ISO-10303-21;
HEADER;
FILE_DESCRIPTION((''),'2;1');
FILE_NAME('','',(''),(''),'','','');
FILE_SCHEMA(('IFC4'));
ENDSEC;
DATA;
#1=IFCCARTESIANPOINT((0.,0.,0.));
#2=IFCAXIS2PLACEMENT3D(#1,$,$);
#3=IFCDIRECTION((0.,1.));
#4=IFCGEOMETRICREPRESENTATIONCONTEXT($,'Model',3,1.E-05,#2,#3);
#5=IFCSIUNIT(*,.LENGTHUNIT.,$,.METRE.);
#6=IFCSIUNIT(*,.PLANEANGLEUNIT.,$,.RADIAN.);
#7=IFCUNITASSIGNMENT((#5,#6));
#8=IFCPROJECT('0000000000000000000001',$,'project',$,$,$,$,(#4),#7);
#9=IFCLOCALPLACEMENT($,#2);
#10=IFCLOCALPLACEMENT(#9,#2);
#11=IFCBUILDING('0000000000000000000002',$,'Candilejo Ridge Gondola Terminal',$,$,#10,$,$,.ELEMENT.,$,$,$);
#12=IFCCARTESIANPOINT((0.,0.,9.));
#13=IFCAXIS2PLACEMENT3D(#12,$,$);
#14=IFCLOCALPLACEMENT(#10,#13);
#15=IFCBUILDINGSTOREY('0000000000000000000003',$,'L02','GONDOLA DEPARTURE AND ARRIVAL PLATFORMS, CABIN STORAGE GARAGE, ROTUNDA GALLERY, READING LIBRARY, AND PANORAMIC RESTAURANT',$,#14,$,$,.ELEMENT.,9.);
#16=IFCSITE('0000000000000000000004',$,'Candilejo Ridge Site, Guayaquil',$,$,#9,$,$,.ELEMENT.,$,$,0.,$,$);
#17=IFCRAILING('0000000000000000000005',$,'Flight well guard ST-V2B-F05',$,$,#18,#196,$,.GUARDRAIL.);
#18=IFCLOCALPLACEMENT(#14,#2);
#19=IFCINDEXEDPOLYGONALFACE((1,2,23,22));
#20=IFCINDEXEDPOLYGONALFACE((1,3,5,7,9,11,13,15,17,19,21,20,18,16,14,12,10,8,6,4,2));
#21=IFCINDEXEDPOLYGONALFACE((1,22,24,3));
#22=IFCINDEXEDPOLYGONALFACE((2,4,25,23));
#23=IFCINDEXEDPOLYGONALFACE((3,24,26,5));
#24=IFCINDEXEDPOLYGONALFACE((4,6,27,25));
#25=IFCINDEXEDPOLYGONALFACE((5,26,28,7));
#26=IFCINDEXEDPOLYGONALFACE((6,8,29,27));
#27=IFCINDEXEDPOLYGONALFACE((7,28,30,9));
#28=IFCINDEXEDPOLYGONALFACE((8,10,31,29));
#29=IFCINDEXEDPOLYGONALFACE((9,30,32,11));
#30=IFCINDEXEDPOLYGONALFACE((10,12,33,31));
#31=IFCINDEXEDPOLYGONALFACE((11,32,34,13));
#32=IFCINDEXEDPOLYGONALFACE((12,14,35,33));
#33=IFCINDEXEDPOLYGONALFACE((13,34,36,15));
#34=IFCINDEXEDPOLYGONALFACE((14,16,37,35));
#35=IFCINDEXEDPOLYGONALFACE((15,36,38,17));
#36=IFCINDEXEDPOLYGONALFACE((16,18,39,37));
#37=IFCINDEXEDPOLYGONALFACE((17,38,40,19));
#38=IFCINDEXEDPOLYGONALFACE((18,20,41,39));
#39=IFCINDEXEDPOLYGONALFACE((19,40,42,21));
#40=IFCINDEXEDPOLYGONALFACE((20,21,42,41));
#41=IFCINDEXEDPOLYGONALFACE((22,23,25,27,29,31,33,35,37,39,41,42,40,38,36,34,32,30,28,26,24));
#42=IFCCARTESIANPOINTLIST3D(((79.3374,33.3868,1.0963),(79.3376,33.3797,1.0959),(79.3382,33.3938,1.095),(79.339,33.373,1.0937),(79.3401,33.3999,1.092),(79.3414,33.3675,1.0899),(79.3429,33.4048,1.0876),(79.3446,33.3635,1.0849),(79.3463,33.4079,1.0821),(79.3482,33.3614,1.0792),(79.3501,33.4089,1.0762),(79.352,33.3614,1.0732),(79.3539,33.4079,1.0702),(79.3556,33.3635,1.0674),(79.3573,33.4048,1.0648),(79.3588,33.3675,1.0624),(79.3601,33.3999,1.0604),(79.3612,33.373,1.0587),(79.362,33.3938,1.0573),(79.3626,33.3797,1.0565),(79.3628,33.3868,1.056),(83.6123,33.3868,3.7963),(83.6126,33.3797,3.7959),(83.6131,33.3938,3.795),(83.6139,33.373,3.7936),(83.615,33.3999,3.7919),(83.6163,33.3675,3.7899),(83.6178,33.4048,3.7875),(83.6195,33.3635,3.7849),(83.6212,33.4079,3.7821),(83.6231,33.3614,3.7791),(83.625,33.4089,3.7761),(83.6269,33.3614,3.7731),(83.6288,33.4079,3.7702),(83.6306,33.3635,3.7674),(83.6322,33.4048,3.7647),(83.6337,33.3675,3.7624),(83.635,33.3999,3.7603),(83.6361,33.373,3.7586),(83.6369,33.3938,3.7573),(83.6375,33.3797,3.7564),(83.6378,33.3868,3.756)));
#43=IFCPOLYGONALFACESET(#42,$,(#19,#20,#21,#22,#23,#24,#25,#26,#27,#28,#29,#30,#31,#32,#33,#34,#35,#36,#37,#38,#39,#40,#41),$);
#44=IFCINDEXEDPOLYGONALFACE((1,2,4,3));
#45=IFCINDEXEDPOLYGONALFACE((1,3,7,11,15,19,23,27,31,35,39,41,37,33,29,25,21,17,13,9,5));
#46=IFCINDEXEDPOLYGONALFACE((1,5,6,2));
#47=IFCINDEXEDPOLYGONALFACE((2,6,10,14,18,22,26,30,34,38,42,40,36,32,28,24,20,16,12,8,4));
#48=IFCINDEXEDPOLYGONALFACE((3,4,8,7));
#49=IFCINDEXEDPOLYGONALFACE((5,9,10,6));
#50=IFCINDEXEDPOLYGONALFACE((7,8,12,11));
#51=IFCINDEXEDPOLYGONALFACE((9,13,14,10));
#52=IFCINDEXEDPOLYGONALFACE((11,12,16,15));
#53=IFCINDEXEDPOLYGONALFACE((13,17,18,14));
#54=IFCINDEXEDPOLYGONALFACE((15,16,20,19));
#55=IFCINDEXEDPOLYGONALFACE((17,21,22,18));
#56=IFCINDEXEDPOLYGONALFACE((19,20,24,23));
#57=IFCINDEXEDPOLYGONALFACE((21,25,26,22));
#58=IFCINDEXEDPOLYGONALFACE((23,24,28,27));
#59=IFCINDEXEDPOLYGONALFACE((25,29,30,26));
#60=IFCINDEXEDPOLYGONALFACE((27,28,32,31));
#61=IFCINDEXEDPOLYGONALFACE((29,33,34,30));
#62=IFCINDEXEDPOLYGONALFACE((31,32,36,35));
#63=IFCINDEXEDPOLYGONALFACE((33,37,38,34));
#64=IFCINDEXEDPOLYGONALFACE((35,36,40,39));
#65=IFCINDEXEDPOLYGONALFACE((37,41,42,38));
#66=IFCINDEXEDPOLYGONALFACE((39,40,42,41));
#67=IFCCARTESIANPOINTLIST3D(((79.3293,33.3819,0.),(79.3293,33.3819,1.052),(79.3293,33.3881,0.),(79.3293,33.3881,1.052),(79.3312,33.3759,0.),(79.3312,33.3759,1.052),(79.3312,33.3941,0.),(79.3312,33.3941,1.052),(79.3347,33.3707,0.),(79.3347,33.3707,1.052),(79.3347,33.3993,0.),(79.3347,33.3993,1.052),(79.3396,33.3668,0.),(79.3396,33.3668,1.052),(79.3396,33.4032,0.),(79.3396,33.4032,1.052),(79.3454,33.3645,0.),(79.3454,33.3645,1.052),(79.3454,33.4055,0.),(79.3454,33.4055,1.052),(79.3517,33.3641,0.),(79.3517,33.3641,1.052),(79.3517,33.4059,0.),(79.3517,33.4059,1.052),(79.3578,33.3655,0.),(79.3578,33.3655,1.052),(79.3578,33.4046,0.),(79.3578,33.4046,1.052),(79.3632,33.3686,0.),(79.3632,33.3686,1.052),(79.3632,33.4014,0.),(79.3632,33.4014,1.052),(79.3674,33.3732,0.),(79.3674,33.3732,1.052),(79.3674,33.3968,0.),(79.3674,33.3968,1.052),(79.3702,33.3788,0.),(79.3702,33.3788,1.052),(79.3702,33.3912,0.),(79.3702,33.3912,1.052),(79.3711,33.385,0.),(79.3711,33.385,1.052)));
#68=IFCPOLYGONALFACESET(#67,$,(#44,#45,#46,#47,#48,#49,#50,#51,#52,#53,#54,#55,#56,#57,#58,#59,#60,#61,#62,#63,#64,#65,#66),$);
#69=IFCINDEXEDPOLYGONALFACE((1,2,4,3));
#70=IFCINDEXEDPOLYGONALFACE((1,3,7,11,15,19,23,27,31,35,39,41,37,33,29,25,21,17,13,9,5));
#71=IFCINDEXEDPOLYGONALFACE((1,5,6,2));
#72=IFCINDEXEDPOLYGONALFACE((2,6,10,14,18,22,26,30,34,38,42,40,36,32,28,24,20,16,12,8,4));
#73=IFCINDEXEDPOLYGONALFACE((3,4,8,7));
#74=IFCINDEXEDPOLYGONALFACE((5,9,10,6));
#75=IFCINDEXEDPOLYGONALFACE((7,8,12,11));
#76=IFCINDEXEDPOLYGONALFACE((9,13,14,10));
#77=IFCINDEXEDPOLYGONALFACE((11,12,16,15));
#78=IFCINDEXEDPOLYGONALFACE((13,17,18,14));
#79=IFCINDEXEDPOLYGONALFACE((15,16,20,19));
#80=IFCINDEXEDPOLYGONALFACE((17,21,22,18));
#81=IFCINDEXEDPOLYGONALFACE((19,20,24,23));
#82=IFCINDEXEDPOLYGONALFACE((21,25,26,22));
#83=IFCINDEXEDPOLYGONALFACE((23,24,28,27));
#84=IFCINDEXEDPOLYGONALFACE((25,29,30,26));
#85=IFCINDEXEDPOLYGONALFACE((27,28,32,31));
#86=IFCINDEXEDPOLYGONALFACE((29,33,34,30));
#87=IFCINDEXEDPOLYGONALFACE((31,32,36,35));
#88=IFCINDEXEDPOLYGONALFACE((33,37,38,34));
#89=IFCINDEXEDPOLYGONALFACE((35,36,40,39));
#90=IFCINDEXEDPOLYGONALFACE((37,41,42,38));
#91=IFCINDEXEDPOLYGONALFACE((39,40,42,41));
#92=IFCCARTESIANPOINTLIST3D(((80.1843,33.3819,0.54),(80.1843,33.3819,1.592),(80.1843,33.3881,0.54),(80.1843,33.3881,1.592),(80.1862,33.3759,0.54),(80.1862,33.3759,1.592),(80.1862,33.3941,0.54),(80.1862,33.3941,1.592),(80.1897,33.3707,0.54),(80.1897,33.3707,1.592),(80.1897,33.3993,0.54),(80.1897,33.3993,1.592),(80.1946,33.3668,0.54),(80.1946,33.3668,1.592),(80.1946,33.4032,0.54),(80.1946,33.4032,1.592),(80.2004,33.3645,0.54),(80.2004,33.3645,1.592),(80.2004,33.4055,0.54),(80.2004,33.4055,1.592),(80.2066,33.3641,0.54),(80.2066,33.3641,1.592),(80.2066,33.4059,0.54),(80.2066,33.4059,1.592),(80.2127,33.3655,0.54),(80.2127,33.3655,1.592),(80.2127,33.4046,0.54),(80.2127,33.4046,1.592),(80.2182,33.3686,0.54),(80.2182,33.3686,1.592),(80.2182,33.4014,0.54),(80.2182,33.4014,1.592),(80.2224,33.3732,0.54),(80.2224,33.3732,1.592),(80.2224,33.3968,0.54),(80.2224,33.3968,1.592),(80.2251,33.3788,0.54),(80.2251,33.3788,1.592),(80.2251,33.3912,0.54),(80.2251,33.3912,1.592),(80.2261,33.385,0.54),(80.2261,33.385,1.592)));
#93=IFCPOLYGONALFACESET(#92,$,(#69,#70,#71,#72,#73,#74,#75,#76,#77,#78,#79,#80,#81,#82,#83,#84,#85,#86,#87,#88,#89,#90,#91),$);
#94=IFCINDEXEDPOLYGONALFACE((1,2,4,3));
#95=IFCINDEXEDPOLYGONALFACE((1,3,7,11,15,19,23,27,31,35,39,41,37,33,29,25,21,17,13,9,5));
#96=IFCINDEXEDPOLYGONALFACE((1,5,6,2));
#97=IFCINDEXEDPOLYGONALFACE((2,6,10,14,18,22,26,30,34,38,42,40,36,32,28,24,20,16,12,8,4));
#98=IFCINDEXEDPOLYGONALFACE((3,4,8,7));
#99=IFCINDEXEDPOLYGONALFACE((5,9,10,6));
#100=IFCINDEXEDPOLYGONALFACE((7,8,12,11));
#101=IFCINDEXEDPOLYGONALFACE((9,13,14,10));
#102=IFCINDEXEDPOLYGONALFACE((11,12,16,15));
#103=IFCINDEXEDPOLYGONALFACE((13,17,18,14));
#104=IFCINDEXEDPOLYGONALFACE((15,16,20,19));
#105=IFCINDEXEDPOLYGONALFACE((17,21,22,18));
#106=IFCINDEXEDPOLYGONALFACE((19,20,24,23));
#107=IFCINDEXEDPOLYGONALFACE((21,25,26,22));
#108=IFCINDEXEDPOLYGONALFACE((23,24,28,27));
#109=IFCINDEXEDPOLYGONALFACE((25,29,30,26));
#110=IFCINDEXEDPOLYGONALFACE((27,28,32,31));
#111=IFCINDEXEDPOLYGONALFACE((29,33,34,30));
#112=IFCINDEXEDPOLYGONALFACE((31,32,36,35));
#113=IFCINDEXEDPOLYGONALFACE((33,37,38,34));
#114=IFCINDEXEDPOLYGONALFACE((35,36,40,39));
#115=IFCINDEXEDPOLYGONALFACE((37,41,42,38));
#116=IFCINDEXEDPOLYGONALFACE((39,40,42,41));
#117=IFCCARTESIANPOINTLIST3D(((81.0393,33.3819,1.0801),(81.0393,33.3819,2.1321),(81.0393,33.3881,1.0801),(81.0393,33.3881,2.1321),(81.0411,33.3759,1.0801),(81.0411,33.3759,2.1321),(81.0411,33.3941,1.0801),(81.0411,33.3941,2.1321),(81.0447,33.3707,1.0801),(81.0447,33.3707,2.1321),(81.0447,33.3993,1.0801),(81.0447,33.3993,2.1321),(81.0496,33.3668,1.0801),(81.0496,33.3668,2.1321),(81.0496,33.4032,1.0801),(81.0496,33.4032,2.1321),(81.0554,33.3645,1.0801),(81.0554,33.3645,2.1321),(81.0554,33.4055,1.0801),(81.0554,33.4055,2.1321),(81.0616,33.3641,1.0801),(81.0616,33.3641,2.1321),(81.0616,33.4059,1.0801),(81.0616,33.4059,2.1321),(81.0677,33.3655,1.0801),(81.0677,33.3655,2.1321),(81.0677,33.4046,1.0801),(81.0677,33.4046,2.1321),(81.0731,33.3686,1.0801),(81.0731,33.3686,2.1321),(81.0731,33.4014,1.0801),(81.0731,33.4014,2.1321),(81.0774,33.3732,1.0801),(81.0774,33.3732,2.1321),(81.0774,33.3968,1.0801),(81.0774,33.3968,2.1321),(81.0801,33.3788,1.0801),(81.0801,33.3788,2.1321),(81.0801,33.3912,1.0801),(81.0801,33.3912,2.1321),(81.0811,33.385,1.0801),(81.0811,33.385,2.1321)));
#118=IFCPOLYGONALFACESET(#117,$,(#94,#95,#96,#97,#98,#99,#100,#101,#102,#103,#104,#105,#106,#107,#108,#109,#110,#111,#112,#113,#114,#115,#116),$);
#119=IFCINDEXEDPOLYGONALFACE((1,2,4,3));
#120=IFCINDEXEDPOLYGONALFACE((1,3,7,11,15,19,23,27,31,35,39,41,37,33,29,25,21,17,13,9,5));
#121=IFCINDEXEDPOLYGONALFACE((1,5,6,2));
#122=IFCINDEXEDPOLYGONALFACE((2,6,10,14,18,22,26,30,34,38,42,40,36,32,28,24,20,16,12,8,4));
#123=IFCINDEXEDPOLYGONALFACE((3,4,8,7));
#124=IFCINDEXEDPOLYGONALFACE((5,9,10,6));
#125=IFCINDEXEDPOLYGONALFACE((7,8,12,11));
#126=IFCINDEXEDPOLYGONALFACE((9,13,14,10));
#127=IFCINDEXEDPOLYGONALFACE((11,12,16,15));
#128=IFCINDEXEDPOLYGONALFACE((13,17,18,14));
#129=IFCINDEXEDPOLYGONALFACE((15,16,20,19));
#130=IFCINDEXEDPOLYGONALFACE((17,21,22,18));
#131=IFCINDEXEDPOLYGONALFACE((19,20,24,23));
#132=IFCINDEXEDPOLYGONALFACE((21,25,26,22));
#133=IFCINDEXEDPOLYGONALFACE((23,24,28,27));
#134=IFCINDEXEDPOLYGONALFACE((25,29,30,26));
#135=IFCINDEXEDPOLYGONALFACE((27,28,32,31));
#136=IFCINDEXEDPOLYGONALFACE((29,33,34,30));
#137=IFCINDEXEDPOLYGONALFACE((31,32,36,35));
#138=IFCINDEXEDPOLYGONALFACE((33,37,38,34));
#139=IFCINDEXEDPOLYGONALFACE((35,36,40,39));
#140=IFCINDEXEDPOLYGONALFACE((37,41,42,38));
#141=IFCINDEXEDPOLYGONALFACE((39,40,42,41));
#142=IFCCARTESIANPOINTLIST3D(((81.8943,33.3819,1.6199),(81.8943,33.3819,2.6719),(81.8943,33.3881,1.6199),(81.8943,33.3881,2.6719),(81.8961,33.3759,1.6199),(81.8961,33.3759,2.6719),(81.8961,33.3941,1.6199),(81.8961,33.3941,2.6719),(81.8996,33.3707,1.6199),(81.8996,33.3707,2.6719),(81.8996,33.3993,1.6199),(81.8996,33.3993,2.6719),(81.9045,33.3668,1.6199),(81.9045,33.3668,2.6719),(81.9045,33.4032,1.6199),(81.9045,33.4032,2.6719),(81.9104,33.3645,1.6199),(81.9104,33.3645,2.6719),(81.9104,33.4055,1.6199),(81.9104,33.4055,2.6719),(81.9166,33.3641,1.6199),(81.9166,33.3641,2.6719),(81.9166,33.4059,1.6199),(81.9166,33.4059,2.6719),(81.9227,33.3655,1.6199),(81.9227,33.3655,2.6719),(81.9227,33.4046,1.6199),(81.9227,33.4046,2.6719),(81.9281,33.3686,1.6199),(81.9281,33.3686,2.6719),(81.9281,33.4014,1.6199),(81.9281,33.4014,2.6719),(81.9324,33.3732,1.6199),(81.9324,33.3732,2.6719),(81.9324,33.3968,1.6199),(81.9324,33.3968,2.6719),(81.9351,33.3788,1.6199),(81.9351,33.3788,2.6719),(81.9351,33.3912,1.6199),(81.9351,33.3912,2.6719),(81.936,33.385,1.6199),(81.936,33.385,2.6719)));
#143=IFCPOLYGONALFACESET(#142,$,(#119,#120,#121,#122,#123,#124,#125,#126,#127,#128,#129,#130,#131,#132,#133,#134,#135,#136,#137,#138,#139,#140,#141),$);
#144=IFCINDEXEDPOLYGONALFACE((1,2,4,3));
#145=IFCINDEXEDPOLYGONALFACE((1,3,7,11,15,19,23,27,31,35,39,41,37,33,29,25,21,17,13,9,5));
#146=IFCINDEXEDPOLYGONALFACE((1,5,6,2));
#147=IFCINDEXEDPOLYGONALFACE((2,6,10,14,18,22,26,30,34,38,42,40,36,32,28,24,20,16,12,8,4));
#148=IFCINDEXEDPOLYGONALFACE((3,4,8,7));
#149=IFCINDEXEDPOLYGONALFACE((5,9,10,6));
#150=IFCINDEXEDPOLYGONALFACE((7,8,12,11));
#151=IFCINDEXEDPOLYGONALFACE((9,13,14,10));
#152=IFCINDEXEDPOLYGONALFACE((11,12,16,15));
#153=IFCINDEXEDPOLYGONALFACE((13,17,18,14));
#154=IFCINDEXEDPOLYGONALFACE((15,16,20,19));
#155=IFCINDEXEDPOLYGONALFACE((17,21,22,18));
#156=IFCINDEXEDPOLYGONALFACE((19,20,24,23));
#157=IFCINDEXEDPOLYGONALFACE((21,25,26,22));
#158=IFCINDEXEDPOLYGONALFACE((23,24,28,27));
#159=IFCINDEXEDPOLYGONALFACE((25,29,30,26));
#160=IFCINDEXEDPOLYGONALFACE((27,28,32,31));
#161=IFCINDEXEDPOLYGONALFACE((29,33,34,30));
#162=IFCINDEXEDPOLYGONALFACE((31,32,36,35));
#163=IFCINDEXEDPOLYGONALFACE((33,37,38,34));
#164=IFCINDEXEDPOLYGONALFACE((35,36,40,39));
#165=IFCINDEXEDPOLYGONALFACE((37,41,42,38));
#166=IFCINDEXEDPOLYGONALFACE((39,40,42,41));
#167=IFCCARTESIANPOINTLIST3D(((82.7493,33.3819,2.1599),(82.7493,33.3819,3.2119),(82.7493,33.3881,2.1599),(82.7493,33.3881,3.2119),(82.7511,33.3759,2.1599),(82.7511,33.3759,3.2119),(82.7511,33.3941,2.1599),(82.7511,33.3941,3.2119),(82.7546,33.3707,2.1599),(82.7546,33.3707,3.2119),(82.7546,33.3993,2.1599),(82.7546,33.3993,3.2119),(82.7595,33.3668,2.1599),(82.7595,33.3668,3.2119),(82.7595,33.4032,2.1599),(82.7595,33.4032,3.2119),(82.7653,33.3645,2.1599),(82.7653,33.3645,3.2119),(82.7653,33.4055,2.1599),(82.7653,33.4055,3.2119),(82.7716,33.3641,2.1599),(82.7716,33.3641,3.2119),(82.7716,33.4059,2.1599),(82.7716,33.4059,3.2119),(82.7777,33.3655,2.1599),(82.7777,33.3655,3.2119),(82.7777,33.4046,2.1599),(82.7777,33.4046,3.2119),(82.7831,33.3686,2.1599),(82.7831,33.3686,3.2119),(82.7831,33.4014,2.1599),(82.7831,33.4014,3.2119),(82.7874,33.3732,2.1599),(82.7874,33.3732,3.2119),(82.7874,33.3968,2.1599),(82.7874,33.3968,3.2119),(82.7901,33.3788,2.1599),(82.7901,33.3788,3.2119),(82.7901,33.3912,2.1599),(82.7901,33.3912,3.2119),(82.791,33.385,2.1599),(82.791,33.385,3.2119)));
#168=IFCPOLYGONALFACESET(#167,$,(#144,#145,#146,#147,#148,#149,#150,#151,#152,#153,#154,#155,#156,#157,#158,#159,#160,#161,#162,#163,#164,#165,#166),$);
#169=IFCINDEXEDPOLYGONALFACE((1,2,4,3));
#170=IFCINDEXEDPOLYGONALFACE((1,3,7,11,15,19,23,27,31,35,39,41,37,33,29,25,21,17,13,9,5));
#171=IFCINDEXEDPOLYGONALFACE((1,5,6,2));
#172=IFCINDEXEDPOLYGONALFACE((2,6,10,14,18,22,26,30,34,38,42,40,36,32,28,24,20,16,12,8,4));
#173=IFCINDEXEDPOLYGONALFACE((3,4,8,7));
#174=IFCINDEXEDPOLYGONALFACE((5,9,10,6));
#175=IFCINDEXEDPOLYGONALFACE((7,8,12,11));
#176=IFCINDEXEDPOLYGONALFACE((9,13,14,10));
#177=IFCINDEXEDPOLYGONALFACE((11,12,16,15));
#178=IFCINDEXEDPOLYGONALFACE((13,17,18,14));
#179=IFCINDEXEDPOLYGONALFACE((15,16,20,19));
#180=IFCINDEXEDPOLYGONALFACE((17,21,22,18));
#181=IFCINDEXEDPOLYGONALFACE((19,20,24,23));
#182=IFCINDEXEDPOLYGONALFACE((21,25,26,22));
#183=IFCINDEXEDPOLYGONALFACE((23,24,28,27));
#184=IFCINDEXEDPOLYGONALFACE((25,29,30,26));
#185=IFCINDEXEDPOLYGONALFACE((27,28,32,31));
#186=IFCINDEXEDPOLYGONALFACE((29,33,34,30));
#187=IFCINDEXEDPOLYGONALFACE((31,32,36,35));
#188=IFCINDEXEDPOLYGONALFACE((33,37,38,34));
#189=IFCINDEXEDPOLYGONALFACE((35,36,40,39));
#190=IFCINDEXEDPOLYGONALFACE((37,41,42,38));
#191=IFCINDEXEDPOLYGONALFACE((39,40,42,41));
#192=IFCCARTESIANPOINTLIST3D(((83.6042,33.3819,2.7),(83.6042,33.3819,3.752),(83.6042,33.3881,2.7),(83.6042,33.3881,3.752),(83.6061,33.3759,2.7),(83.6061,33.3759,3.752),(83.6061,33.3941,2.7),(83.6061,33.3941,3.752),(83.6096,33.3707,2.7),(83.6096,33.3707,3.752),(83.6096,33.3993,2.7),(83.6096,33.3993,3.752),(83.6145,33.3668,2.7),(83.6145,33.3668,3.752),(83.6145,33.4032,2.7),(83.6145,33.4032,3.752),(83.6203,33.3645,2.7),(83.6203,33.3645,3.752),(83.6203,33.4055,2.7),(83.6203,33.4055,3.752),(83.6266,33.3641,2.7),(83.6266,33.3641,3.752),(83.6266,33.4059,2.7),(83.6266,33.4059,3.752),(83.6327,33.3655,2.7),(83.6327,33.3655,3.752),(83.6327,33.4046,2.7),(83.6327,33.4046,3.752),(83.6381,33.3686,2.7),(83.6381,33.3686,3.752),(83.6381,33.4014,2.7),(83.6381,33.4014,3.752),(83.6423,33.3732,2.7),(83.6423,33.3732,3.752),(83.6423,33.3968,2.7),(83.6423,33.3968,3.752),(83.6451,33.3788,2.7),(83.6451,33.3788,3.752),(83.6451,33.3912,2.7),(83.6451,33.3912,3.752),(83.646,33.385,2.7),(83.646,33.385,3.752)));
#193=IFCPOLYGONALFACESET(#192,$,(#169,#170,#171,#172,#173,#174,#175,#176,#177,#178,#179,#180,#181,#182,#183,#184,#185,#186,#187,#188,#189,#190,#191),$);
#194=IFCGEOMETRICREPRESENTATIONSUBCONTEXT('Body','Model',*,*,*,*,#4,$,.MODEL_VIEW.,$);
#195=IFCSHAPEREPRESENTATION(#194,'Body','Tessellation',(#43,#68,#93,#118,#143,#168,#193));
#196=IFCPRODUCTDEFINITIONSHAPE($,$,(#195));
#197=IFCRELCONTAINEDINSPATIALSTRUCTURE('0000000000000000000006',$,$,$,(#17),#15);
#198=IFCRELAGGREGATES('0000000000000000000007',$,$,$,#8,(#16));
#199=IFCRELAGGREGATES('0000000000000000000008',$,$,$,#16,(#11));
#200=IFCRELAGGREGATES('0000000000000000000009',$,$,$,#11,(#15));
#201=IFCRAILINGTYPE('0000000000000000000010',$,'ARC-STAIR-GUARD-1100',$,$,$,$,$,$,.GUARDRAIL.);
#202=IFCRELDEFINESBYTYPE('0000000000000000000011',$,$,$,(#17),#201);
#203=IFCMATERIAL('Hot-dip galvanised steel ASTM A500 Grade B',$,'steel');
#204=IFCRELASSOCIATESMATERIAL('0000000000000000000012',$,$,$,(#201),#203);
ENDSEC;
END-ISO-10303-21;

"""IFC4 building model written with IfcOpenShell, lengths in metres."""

from ifc_helpers import new_model, si_unit, direction, frame, origin, origin_2d, place, context, subcontext, project, spatial, circle, extrude, material, type_object, element, save


model = new_model("IFC4")

# Units and contexts
model_context = context("Model", 3, precision=1e-05, world=origin(), true_north=direction((0.0, 1.0)))
body_context = subcontext(model_context, "Body", "Model", "MODEL_VIEW")
ifc_project = project(units=[si_unit("LENGTHUNIT", "METRE"), si_unit("PLANEANGLEUNIT", "RADIAN")], contexts=[model_context])

# Site, building, storey
site_placement = place(None, origin())
site = spatial("IfcSite", under=ifc_project, at=site_placement, Name="Candilejo Ridge Site, Guayaquil", CompositionType="ELEMENT", RefElevation=0.0)
building_placement = place(site_placement, origin())
building = spatial("IfcBuilding", under=site, at=building_placement, Name="Candilejo Ridge Gondola Terminal", CompositionType="ELEMENT")
storey_placement = place(building_placement, frame((0.0, 0.0, 9.0)))
storey = spatial("IfcBuildingStorey", under=building, at=storey_placement, Name="L02", Description="GONDOLA DEPARTURE AND ARRIVAL PLATFORMS, CABIN STORAGE GARAGE, ROTUNDA GALLERY, READING LIBRARY, AND PANORAMIC RESTAURANT", CompositionType="ELEMENT", Elevation=9.0)

# Railing
ifc_material_1 = material(Name="Hot-dip galvanised steel ASTM A500 Grade B", Category="steel")
railing_type_1 = type_object("IfcRailingType", Name="ARC-STAIR-GUARD-1100", PredefinedType="GUARDRAIL", material=ifc_material_1)
railing_1_placement = place(storey_placement, frame((79.3501, 33.385, 0.0)))
element("IfcRailing", 1, at=railing_1_placement, inside=storey, type_object=railing_type_1, Name="Flight well guard ST-V2B-F05", PredefinedType="GUARDRAIL", context=body_context, shape_type="SweptSolid", body=[
    extrude(circle(Radius=0.0239, at=origin_2d()), frame((0.0, 0.0, 1.0762), z_axis=(0.845488, 0.0, 0.533995), x_axis=(0.0, 1.0, 0.0)), (0.0, 0.0, 1.0), 5.0562),
    extrude(circle(Radius=0.021, at=origin_2d()), origin(), (0.0, 0.0, 1.0), 1.052),
    extrude(circle(Radius=0.021, at=origin_2d()), frame((0.855, 0.0, 0.54)), (0.0, 0.0, 1.0), 1.052),
    extrude(circle(Radius=0.021, at=origin_2d()), frame((1.71, 0.0, 1.0801)), (0.0, 0.0, 1.0), 1.052),
    extrude(circle(Radius=0.021, at=origin_2d()), frame((2.5649, 0.0, 1.6199)), (0.0, 0.0, 1.0), 1.052),
    extrude(circle(Radius=0.021, at=origin_2d()), frame((3.4199, 0.0, 2.1599)), (0.0, 0.0, 1.0), 1.052),
    extrude(circle(Radius=0.021, at=origin_2d()), frame((4.2749, 0.0, 2.7)), (0.0, 0.0, 1.0), 1.052),
])

save(model, "model.ifc")
